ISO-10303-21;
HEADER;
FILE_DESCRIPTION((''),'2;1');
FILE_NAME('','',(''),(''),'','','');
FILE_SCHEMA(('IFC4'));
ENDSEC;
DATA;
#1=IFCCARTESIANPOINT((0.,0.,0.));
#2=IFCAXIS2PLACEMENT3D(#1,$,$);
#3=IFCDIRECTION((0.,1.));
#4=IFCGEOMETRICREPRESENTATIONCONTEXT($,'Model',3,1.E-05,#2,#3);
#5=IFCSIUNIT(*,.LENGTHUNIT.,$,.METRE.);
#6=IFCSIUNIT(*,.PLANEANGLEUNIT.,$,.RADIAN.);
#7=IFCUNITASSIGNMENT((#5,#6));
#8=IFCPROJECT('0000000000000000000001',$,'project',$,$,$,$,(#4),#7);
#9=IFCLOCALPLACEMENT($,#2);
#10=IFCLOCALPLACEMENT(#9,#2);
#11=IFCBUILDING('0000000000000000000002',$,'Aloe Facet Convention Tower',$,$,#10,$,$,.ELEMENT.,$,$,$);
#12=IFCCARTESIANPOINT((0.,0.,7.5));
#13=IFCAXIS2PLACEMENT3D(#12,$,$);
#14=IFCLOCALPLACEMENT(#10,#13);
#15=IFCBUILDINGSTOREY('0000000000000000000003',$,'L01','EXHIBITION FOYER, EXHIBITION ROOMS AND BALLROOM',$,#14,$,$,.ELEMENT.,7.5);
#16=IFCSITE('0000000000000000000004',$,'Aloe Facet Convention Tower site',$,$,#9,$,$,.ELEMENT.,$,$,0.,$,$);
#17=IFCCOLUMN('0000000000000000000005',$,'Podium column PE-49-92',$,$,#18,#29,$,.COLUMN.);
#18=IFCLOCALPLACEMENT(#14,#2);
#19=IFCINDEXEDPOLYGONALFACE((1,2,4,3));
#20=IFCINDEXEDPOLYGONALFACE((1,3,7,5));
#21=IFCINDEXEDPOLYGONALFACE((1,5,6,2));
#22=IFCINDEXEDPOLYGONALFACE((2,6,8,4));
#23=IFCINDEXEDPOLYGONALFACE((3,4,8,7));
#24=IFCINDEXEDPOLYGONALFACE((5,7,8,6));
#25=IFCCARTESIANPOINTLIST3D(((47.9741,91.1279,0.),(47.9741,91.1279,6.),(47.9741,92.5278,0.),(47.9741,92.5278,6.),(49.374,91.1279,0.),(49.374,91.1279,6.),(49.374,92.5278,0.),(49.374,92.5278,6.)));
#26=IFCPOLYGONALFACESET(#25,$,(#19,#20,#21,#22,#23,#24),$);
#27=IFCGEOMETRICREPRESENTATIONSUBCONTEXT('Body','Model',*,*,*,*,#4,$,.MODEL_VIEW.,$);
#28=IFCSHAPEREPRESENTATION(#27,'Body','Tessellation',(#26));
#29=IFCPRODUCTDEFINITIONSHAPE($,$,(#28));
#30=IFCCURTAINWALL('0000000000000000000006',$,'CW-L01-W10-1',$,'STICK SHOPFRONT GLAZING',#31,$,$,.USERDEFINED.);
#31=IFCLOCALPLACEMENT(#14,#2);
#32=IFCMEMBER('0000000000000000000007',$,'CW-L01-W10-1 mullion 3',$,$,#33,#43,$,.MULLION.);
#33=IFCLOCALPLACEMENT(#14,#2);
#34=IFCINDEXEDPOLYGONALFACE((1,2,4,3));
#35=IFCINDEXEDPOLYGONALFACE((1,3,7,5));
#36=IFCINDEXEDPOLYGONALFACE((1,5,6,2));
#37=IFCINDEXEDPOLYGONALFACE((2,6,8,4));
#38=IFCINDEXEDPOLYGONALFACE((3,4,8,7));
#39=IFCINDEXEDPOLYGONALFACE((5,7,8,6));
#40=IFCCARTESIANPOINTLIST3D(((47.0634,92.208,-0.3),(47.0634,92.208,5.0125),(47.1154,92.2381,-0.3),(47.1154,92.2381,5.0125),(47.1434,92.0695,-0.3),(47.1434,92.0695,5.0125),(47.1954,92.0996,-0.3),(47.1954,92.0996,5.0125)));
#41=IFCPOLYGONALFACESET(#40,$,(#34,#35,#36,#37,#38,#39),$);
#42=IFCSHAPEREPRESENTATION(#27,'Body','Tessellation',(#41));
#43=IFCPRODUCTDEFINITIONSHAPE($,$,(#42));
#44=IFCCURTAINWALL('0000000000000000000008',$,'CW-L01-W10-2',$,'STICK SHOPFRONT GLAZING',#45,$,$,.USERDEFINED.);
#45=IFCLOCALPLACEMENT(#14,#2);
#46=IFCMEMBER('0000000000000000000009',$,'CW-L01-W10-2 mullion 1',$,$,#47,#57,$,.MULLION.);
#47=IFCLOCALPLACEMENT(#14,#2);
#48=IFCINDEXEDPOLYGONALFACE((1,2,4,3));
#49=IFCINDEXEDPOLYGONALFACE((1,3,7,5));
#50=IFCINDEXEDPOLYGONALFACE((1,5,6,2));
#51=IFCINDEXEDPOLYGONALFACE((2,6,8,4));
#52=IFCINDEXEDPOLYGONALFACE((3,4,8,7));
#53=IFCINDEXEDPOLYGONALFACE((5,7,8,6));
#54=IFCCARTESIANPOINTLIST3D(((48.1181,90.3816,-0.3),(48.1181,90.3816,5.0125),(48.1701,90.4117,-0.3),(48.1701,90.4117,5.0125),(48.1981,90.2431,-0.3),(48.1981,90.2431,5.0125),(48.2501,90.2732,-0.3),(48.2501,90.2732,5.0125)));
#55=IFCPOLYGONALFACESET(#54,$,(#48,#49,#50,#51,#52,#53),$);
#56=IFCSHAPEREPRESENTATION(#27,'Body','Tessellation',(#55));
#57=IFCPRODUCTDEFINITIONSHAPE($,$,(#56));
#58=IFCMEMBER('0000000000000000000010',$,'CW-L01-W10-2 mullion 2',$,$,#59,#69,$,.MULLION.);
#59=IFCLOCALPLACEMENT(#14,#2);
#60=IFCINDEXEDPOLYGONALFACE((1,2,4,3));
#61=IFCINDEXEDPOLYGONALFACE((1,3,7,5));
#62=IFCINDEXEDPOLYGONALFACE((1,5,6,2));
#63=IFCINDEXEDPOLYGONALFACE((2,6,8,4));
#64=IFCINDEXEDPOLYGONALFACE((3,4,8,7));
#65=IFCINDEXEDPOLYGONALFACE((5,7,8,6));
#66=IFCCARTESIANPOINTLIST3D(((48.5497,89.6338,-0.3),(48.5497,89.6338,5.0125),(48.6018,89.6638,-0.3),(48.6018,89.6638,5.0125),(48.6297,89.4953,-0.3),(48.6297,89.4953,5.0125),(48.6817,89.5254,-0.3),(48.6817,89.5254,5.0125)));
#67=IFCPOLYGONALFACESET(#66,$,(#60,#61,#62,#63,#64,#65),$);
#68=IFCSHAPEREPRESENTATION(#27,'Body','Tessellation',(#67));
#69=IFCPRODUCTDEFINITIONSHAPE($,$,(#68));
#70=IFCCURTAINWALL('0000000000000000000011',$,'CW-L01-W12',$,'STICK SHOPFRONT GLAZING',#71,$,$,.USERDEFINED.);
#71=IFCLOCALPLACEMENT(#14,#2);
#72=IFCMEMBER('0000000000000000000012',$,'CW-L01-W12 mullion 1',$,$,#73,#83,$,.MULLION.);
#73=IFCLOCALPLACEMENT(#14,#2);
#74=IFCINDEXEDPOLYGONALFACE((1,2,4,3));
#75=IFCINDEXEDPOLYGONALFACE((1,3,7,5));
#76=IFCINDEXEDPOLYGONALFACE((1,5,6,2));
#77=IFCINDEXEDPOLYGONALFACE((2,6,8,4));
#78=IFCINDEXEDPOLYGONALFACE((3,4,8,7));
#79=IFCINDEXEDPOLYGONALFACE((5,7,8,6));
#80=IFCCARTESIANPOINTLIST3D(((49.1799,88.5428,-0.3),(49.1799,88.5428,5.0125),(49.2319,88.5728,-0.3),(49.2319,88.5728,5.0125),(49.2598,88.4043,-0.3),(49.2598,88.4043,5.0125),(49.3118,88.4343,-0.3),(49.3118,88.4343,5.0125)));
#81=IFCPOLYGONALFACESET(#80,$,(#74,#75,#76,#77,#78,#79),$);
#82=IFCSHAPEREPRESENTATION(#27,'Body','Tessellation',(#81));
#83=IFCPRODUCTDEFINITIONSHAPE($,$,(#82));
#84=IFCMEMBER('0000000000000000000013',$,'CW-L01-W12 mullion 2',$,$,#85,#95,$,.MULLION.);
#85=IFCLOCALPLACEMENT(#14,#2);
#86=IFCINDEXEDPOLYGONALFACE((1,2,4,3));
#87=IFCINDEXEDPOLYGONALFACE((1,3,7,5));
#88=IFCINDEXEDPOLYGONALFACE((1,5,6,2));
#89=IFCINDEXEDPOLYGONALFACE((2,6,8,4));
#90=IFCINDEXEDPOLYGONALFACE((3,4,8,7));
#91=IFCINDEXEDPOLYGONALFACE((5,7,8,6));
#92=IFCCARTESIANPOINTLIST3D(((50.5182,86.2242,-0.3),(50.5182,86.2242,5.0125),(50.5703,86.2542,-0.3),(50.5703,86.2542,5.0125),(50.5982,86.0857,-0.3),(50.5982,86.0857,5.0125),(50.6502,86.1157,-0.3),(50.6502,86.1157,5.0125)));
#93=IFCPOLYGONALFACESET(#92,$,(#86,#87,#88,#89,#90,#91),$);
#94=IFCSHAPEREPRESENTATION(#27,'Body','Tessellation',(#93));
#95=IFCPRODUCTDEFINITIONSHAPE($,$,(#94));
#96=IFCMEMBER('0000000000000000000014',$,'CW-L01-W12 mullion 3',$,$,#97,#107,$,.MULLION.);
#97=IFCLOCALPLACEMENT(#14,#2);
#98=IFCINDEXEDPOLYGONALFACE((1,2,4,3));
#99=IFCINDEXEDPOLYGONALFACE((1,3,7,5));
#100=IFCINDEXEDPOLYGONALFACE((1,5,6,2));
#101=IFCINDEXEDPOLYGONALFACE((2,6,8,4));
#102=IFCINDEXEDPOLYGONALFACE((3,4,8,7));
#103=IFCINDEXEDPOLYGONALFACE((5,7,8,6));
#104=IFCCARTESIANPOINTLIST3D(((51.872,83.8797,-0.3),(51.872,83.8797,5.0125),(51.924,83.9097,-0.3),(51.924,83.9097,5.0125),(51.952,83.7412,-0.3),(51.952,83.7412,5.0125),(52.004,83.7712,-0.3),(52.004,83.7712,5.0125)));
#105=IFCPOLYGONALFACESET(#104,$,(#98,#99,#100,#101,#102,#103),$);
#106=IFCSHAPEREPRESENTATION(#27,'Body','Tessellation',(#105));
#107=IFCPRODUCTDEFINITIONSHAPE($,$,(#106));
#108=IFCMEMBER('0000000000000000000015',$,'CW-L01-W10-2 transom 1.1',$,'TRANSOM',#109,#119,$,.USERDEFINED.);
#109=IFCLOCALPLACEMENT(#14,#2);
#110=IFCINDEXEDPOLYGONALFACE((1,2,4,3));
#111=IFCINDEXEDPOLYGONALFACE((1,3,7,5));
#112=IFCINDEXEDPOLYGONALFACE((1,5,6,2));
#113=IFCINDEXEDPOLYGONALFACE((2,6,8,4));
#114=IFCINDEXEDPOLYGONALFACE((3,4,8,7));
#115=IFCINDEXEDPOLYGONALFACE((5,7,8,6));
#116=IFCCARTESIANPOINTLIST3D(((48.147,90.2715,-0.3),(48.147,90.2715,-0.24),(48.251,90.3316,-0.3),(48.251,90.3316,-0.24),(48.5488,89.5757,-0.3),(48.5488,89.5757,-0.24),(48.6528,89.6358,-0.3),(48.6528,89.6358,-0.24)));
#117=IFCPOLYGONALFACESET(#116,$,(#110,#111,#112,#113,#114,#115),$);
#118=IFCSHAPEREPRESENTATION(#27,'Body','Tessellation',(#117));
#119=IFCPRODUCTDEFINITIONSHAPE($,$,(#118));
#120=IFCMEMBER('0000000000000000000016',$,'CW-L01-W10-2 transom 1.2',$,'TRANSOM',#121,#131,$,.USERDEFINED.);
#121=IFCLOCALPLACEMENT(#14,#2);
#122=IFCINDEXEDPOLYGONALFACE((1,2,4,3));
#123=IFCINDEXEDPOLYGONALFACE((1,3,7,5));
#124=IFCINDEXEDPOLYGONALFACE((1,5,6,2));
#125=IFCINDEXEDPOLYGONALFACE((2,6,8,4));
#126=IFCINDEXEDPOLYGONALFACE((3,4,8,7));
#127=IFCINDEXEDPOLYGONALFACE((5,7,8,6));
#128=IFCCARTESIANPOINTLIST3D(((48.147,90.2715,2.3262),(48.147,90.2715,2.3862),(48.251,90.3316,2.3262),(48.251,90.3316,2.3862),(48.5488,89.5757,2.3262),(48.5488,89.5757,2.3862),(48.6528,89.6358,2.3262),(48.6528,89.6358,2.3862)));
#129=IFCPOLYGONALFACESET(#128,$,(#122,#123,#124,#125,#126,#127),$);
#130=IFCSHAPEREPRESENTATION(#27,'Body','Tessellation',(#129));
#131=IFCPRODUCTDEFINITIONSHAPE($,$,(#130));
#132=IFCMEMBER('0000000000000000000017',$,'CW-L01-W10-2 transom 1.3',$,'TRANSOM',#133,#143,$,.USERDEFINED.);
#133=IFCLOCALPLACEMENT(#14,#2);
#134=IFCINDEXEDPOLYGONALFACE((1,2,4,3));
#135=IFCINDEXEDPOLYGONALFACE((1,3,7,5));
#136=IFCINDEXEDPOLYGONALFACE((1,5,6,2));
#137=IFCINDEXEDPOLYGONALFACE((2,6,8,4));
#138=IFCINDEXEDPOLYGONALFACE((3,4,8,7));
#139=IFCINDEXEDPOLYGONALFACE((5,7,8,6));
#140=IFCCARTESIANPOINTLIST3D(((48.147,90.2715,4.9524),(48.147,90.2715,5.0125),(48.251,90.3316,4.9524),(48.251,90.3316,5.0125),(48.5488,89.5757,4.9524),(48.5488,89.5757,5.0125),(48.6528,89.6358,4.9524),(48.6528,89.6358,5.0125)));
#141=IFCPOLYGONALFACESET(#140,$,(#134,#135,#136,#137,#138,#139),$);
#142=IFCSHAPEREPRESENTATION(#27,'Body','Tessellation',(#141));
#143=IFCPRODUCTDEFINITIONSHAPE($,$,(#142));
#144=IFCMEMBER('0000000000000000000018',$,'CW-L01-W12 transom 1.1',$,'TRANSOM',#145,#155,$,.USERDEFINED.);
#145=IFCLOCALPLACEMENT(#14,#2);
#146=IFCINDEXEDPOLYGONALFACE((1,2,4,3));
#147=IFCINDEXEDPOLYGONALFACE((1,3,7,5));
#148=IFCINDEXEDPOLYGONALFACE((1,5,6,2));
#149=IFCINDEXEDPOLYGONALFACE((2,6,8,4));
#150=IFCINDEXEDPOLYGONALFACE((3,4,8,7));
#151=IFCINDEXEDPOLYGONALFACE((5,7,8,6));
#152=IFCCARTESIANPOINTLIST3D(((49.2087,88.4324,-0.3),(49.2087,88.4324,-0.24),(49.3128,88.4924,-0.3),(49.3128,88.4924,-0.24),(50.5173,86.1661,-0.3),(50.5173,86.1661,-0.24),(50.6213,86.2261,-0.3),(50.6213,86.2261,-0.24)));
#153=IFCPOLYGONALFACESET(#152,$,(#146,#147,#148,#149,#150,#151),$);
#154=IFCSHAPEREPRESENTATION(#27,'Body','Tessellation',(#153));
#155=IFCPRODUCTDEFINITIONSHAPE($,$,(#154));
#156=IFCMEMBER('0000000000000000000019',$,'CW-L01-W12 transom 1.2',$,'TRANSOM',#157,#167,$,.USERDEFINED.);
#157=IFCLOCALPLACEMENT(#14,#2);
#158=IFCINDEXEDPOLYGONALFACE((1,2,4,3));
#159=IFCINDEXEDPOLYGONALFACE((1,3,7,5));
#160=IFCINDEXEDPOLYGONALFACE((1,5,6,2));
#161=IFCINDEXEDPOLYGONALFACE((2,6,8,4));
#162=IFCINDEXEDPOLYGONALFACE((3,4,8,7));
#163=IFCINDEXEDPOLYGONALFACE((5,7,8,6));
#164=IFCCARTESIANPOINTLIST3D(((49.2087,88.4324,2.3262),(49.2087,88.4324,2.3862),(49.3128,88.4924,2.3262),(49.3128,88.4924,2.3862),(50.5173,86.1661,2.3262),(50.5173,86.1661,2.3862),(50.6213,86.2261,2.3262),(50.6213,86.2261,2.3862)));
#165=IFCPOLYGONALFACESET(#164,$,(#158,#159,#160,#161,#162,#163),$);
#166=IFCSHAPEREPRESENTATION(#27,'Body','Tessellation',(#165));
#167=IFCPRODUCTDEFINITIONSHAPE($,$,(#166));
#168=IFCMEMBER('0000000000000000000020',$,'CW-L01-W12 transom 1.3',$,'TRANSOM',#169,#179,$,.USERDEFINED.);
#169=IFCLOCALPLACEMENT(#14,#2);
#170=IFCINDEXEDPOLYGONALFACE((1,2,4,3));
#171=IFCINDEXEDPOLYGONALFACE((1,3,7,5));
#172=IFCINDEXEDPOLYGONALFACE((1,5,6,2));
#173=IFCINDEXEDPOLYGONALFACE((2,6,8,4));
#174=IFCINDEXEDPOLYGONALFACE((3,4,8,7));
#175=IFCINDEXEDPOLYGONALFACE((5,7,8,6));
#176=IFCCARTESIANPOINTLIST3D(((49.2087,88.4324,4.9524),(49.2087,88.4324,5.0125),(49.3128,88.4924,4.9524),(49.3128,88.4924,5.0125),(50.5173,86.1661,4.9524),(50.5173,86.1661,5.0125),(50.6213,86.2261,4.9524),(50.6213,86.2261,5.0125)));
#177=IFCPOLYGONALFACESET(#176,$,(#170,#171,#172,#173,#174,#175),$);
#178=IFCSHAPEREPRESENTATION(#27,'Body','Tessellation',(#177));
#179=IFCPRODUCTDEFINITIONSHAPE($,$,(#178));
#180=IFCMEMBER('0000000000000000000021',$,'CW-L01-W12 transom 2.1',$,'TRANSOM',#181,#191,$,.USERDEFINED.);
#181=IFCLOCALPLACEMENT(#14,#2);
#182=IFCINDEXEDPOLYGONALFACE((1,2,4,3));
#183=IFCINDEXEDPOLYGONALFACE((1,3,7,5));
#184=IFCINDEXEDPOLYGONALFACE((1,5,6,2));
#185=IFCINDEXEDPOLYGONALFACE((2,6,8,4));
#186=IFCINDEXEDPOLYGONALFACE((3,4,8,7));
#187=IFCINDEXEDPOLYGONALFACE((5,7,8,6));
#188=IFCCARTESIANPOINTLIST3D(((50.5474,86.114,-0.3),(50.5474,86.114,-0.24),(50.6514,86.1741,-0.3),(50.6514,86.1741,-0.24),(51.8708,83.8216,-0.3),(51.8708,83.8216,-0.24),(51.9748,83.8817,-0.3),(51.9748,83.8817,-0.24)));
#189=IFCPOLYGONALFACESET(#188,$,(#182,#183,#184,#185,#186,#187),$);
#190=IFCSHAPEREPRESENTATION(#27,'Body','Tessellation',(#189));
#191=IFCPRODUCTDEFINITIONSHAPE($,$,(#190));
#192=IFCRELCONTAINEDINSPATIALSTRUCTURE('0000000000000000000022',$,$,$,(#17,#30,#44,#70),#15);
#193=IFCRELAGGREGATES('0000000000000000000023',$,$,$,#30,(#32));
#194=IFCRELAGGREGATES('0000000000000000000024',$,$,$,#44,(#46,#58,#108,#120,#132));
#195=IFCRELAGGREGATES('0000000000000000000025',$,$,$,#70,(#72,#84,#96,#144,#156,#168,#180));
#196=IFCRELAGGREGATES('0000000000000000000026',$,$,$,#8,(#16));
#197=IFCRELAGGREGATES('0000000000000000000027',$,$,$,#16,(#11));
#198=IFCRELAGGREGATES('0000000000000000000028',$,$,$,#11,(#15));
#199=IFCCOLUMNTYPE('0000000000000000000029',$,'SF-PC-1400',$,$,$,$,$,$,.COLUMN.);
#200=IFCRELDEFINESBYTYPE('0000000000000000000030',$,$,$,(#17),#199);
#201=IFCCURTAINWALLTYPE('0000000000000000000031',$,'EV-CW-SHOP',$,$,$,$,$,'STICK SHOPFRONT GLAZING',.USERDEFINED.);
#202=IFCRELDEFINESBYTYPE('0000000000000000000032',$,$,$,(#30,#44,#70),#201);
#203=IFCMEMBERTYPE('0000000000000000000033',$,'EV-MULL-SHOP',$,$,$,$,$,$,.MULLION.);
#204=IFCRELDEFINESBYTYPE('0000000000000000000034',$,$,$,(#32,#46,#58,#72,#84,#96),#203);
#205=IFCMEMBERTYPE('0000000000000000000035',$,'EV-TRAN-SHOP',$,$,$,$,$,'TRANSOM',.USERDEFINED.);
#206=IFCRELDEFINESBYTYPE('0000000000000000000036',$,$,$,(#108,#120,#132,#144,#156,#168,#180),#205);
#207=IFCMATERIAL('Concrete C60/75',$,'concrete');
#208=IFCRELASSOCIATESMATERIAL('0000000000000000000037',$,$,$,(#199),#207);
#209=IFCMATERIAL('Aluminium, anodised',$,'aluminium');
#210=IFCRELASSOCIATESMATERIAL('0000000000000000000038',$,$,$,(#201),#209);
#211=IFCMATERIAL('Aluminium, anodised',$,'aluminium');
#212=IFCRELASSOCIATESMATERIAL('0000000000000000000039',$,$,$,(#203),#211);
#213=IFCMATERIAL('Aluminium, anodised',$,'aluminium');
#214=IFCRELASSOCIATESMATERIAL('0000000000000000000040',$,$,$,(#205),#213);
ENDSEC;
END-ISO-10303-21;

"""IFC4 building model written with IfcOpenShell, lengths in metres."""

from ifc_helpers import new_model, si_unit, direction, frame, origin, origin_2d, place, context, subcontext, project, spatial, rectangle, extrude, material, material_profile, profile_set, type_object, element, aggregate, save


model = new_model("IFC4")

# Units and contexts
model_context = context("Model", 3, precision=1e-05, world=origin(), true_north=direction((0.0, 1.0)))
body_context = subcontext(model_context, "Body", "Model", "MODEL_VIEW")
ifc_project = project(units=[si_unit("LENGTHUNIT", "METRE"), si_unit("PLANEANGLEUNIT", "RADIAN")], contexts=[model_context])

# Site, building, storey
site_placement = place(None, origin())
site = spatial("IfcSite", under=ifc_project, at=site_placement, Name="Aloe Facet Convention Tower site", CompositionType="ELEMENT", RefElevation=0.0)
building_placement = place(site_placement, origin())
building = spatial("IfcBuilding", under=site, at=building_placement, Name="Aloe Facet Convention Tower", CompositionType="ELEMENT")
storey_placement = place(building_placement, frame((0.0, 0.0, 7.5)))
storey = spatial("IfcBuildingStorey", under=building, at=storey_placement, Name="L01", Description="EXHIBITION FOYER, EXHIBITION ROOMS AND BALLROOM", CompositionType="ELEMENT", Elevation=7.5)

# Column
ifc_material_1 = material(Name="Concrete C60/75", Category="concrete")
ifc_material_profile_1 = material_profile(ifc_material_1, rectangle(XDim=1.3999, YDim=1.3999, at=origin_2d()), Name="SF-PC-1400")
ifc_profile_set_1 = profile_set([ifc_material_profile_1], Name="Concrete C60/75")
column_type = type_object("IfcColumnType", Name="SF-PC-1400", PredefinedType="COLUMN", material=ifc_profile_set_1)
column_placement = place(storey_placement, frame((48.6741, 91.8279, 0.0), z_axis=(0.0, 0.0, 1.0), x_axis=(1.0, 0.0, 0.0)))
element("IfcColumn", 1, at=column_placement, inside=storey, type_object=column_type, Name="Podium column PE-49-92", PredefinedType="COLUMN", context=body_context, shape_type="SweptSolid", body=[
    extrude(rectangle(XDim=1.3999, YDim=1.3999, at=origin_2d()), origin(), (0.0, 0.0, 1.0), 6.0),
])

# Curtain wall, member
ifc_material_2 = material(Name="Aluminium, anodised", Category="aluminium")
curtain_wall_type = type_object("IfcCurtainWallType", Name="EV-CW-SHOP", ElementType="STICK SHOPFRONT GLAZING", PredefinedType="USERDEFINED", material=ifc_material_2)
curtain_wall_1_placement = place(storey_placement, origin())
curtain_wall_1 = element("IfcCurtainWall", 2, at=curtain_wall_1_placement, inside=storey, type_object=curtain_wall_type, Name="CW-L01-W10-1", ObjectType="STICK SHOPFRONT GLAZING", PredefinedType="USERDEFINED")
ifc_material_3 = material(Name="Aluminium, anodised", Category="aluminium")
ifc_material_profile_2 = material_profile(ifc_material_3, rectangle(XDim=0.0601, YDim=0.1599, at=origin_2d()), Name="AL 60x160")
ifc_profile_set_2 = profile_set([ifc_material_profile_2], Name="Aluminium, anodised")
member_type_1 = type_object("IfcMemberType", Name="EV-MULL-SHOP", PredefinedType="MULLION", material=ifc_profile_set_2)
member_1_placement = place(storey_placement, frame((47.1294, 92.1538, -0.3), z_axis=(0.0, 0.0, 1.0), x_axis=(0.866025, 0.5, 0.0)))
member_1 = element("IfcMember", 3, at=member_1_placement, type_object=member_type_1, Name="CW-L01-W10-1 mullion 3", PredefinedType="MULLION", context=body_context, shape_type="SweptSolid", body=[
    extrude(rectangle(XDim=0.0601, YDim=0.1599, at=origin_2d()), origin(), (0.0, 0.0, 1.0), 5.3125),
])

# Curtain walls, members
curtain_wall_2_placement = place(storey_placement, origin())
curtain_wall_2 = element("IfcCurtainWall", 4, at=curtain_wall_2_placement, inside=storey, type_object=curtain_wall_type, Name="CW-L01-W10-2", ObjectType="STICK SHOPFRONT GLAZING", PredefinedType="USERDEFINED")
member_2_placement = place(storey_placement, frame((48.1841, 90.3274, -0.3), z_axis=(0.0, 0.0, 1.0), x_axis=(0.866025, 0.5, 0.0)))
member_2 = element("IfcMember", 5, at=member_2_placement, type_object=member_type_1, Name="CW-L01-W10-2 mullion 1", PredefinedType="MULLION", context=body_context, shape_type="SweptSolid", body=[
    extrude(rectangle(XDim=0.0601, YDim=0.1599, at=origin_2d()), origin(), (0.0, 0.0, 1.0), 5.3125),
])
member_3_placement = place(storey_placement, frame((48.6157, 89.5796, -0.3), z_axis=(0.0, 0.0, 1.0), x_axis=(0.866025, 0.5, 0.0)))
member_3 = element("IfcMember", 6, at=member_3_placement, type_object=member_type_1, Name="CW-L01-W10-2 mullion 2", PredefinedType="MULLION", context=body_context, shape_type="SweptSolid", body=[
    extrude(rectangle(XDim=0.0601, YDim=0.1599, at=origin_2d()), origin(), (0.0, 0.0, 1.0), 5.3125),
])
curtain_wall_3_placement = place(storey_placement, origin())
curtain_wall_3 = element("IfcCurtainWall", 7, at=curtain_wall_3_placement, inside=storey, type_object=curtain_wall_type, Name="CW-L01-W12", ObjectType="STICK SHOPFRONT GLAZING", PredefinedType="USERDEFINED")
member_4_placement = place(storey_placement, frame((49.2458, 88.4885, -0.3), z_axis=(0.0, 0.0, 1.0), x_axis=(0.866025, 0.5, 0.0)))
member_4 = element("IfcMember", 8, at=member_4_placement, type_object=member_type_1, Name="CW-L01-W12 mullion 1", PredefinedType="MULLION", context=body_context, shape_type="SweptSolid", body=[
    extrude(rectangle(XDim=0.0601, YDim=0.1599, at=origin_2d()), origin(), (0.0, 0.0, 1.0), 5.3125),
])
member_5_placement = place(storey_placement, frame((50.5842, 86.1699, -0.3), z_axis=(0.0, 0.0, 1.0), x_axis=(0.866025, 0.5, 0.0)))
member_5 = element("IfcMember", 9, at=member_5_placement, type_object=member_type_1, Name="CW-L01-W12 mullion 2", PredefinedType="MULLION", context=body_context, shape_type="SweptSolid", body=[
    extrude(rectangle(XDim=0.0601, YDim=0.1599, at=origin_2d()), origin(), (0.0, 0.0, 1.0), 5.3125),
])
member_6_placement = place(storey_placement, frame((51.938, 83.8254, -0.3), z_axis=(0.0, 0.0, 1.0), x_axis=(0.866025, 0.5, 0.0)))
member_6 = element("IfcMember", 10, at=member_6_placement, type_object=member_type_1, Name="CW-L01-W12 mullion 3", PredefinedType="MULLION", context=body_context, shape_type="SweptSolid", body=[
    extrude(rectangle(XDim=0.0601, YDim=0.1599, at=origin_2d()), origin(), (0.0, 0.0, 1.0), 5.3125),
])

# Members
ifc_material_4 = material(Name="Aluminium, anodised", Category="aluminium")
ifc_material_profile_3 = material_profile(ifc_material_4, rectangle(XDim=0.1201, YDim=0.0601, at=origin_2d()), Name="AL 120x60")
ifc_profile_set_3 = profile_set([ifc_material_profile_3], Name="Aluminium, anodised")
member_type_2 = type_object("IfcMemberType", Name="EV-TRAN-SHOP", ElementType="TRANSOM", PredefinedType="USERDEFINED", material=ifc_profile_set_3)
member_7_placement = place(storey_placement, frame((48.199, 90.3015, -0.27), z_axis=(0.500126, -0.865953, 0.0), x_axis=(0.865953, 0.500126, 0.0)))
member_7 = element("IfcMember", 11, at=member_7_placement, type_object=member_type_2, Name="CW-L01-W10-2 transom 1.1", ObjectType="TRANSOM", PredefinedType="USERDEFINED", context=body_context, shape_type="SweptSolid", body=[
    extrude(rectangle(XDim=0.1201, YDim=0.0601, at=origin_2d()), origin(), (0.0, 0.0, 1.0), 0.8035),
])
member_8_placement = place(storey_placement, frame((48.199, 90.3015, 2.3562), z_axis=(0.500126, -0.865953, 0.0), x_axis=(0.865953, 0.500126, 0.0)))
member_8 = element("IfcMember", 12, at=member_8_placement, type_object=member_type_2, Name="CW-L01-W10-2 transom 1.2", ObjectType="TRANSOM", PredefinedType="USERDEFINED", context=body_context, shape_type="SweptSolid", body=[
    extrude(rectangle(XDim=0.1201, YDim=0.0601, at=origin_2d()), origin(), (0.0, 0.0, 1.0), 0.8035),
])
member_9_placement = place(storey_placement, frame((48.199, 90.3015, 4.9824), z_axis=(0.500126, -0.865953, 0.0), x_axis=(0.865953, 0.500126, 0.0)))
member_9 = element("IfcMember", 13, at=member_9_placement, type_object=member_type_2, Name="CW-L01-W10-2 transom 1.3", ObjectType="TRANSOM", PredefinedType="USERDEFINED", context=body_context, shape_type="SweptSolid", body=[
    extrude(rectangle(XDim=0.1201, YDim=0.0601, at=origin_2d()), origin(), (0.0, 0.0, 1.0), 0.8035),
])
member_10_placement = place(storey_placement, frame((49.2607, 88.4624, -0.27), z_axis=(0.500032, -0.866007, 0.0), x_axis=(0.866007, 0.500032, 0.0)))
member_10 = element("IfcMember", 14, at=member_10_placement, type_object=member_type_2, Name="CW-L01-W12 transom 1.1", ObjectType="TRANSOM", PredefinedType="USERDEFINED", context=body_context, shape_type="SweptSolid", body=[
    extrude(rectangle(XDim=0.1201, YDim=0.0601, at=origin_2d()), origin(), (0.0, 0.0, 1.0), 2.6169),
])
member_11_placement = place(storey_placement, frame((49.2607, 88.4624, 2.3562), z_axis=(0.500032, -0.866007, 0.0), x_axis=(0.866007, 0.500032, 0.0)))
member_11 = element("IfcMember", 15, at=member_11_placement, type_object=member_type_2, Name="CW-L01-W12 transom 1.2", ObjectType="TRANSOM", PredefinedType="USERDEFINED", context=body_context, shape_type="SweptSolid", body=[
    extrude(rectangle(XDim=0.1201, YDim=0.0601, at=origin_2d()), origin(), (0.0, 0.0, 1.0), 2.6169),
])
member_12_placement = place(storey_placement, frame((49.2607, 88.4624, 4.9824), z_axis=(0.500032, -0.866007, 0.0), x_axis=(0.866007, 0.500032, 0.0)))
member_12 = element("IfcMember", 16, at=member_12_placement, type_object=member_type_2, Name="CW-L01-W12 transom 1.3", ObjectType="TRANSOM", PredefinedType="USERDEFINED", context=body_context, shape_type="SweptSolid", body=[
    extrude(rectangle(XDim=0.1201, YDim=0.0601, at=origin_2d()), origin(), (0.0, 0.0, 1.0), 2.6169),
])
member_13_placement = place(storey_placement, frame((50.5994, 86.144, -0.27), z_axis=(0.499978, -0.866038, 0.0), x_axis=(0.866038, 0.499978, 0.0)))
member_13 = element("IfcMember", 17, at=member_13_placement, type_object=member_type_2, Name="CW-L01-W12 transom 2.1", ObjectType="TRANSOM", PredefinedType="USERDEFINED", context=body_context, shape_type="SweptSolid", body=[
    extrude(rectangle(XDim=0.1201, YDim=0.0601, at=origin_2d()), origin(), (0.0, 0.0, 1.0), 2.647),
])

aggregate(curtain_wall_1, [member_1])
aggregate(curtain_wall_2, [member_2, member_3, member_7, member_8, member_9])
aggregate(curtain_wall_3, [member_4, member_5, member_6, member_10, member_11, member_12, member_13])

save(model, "model.ifc")
